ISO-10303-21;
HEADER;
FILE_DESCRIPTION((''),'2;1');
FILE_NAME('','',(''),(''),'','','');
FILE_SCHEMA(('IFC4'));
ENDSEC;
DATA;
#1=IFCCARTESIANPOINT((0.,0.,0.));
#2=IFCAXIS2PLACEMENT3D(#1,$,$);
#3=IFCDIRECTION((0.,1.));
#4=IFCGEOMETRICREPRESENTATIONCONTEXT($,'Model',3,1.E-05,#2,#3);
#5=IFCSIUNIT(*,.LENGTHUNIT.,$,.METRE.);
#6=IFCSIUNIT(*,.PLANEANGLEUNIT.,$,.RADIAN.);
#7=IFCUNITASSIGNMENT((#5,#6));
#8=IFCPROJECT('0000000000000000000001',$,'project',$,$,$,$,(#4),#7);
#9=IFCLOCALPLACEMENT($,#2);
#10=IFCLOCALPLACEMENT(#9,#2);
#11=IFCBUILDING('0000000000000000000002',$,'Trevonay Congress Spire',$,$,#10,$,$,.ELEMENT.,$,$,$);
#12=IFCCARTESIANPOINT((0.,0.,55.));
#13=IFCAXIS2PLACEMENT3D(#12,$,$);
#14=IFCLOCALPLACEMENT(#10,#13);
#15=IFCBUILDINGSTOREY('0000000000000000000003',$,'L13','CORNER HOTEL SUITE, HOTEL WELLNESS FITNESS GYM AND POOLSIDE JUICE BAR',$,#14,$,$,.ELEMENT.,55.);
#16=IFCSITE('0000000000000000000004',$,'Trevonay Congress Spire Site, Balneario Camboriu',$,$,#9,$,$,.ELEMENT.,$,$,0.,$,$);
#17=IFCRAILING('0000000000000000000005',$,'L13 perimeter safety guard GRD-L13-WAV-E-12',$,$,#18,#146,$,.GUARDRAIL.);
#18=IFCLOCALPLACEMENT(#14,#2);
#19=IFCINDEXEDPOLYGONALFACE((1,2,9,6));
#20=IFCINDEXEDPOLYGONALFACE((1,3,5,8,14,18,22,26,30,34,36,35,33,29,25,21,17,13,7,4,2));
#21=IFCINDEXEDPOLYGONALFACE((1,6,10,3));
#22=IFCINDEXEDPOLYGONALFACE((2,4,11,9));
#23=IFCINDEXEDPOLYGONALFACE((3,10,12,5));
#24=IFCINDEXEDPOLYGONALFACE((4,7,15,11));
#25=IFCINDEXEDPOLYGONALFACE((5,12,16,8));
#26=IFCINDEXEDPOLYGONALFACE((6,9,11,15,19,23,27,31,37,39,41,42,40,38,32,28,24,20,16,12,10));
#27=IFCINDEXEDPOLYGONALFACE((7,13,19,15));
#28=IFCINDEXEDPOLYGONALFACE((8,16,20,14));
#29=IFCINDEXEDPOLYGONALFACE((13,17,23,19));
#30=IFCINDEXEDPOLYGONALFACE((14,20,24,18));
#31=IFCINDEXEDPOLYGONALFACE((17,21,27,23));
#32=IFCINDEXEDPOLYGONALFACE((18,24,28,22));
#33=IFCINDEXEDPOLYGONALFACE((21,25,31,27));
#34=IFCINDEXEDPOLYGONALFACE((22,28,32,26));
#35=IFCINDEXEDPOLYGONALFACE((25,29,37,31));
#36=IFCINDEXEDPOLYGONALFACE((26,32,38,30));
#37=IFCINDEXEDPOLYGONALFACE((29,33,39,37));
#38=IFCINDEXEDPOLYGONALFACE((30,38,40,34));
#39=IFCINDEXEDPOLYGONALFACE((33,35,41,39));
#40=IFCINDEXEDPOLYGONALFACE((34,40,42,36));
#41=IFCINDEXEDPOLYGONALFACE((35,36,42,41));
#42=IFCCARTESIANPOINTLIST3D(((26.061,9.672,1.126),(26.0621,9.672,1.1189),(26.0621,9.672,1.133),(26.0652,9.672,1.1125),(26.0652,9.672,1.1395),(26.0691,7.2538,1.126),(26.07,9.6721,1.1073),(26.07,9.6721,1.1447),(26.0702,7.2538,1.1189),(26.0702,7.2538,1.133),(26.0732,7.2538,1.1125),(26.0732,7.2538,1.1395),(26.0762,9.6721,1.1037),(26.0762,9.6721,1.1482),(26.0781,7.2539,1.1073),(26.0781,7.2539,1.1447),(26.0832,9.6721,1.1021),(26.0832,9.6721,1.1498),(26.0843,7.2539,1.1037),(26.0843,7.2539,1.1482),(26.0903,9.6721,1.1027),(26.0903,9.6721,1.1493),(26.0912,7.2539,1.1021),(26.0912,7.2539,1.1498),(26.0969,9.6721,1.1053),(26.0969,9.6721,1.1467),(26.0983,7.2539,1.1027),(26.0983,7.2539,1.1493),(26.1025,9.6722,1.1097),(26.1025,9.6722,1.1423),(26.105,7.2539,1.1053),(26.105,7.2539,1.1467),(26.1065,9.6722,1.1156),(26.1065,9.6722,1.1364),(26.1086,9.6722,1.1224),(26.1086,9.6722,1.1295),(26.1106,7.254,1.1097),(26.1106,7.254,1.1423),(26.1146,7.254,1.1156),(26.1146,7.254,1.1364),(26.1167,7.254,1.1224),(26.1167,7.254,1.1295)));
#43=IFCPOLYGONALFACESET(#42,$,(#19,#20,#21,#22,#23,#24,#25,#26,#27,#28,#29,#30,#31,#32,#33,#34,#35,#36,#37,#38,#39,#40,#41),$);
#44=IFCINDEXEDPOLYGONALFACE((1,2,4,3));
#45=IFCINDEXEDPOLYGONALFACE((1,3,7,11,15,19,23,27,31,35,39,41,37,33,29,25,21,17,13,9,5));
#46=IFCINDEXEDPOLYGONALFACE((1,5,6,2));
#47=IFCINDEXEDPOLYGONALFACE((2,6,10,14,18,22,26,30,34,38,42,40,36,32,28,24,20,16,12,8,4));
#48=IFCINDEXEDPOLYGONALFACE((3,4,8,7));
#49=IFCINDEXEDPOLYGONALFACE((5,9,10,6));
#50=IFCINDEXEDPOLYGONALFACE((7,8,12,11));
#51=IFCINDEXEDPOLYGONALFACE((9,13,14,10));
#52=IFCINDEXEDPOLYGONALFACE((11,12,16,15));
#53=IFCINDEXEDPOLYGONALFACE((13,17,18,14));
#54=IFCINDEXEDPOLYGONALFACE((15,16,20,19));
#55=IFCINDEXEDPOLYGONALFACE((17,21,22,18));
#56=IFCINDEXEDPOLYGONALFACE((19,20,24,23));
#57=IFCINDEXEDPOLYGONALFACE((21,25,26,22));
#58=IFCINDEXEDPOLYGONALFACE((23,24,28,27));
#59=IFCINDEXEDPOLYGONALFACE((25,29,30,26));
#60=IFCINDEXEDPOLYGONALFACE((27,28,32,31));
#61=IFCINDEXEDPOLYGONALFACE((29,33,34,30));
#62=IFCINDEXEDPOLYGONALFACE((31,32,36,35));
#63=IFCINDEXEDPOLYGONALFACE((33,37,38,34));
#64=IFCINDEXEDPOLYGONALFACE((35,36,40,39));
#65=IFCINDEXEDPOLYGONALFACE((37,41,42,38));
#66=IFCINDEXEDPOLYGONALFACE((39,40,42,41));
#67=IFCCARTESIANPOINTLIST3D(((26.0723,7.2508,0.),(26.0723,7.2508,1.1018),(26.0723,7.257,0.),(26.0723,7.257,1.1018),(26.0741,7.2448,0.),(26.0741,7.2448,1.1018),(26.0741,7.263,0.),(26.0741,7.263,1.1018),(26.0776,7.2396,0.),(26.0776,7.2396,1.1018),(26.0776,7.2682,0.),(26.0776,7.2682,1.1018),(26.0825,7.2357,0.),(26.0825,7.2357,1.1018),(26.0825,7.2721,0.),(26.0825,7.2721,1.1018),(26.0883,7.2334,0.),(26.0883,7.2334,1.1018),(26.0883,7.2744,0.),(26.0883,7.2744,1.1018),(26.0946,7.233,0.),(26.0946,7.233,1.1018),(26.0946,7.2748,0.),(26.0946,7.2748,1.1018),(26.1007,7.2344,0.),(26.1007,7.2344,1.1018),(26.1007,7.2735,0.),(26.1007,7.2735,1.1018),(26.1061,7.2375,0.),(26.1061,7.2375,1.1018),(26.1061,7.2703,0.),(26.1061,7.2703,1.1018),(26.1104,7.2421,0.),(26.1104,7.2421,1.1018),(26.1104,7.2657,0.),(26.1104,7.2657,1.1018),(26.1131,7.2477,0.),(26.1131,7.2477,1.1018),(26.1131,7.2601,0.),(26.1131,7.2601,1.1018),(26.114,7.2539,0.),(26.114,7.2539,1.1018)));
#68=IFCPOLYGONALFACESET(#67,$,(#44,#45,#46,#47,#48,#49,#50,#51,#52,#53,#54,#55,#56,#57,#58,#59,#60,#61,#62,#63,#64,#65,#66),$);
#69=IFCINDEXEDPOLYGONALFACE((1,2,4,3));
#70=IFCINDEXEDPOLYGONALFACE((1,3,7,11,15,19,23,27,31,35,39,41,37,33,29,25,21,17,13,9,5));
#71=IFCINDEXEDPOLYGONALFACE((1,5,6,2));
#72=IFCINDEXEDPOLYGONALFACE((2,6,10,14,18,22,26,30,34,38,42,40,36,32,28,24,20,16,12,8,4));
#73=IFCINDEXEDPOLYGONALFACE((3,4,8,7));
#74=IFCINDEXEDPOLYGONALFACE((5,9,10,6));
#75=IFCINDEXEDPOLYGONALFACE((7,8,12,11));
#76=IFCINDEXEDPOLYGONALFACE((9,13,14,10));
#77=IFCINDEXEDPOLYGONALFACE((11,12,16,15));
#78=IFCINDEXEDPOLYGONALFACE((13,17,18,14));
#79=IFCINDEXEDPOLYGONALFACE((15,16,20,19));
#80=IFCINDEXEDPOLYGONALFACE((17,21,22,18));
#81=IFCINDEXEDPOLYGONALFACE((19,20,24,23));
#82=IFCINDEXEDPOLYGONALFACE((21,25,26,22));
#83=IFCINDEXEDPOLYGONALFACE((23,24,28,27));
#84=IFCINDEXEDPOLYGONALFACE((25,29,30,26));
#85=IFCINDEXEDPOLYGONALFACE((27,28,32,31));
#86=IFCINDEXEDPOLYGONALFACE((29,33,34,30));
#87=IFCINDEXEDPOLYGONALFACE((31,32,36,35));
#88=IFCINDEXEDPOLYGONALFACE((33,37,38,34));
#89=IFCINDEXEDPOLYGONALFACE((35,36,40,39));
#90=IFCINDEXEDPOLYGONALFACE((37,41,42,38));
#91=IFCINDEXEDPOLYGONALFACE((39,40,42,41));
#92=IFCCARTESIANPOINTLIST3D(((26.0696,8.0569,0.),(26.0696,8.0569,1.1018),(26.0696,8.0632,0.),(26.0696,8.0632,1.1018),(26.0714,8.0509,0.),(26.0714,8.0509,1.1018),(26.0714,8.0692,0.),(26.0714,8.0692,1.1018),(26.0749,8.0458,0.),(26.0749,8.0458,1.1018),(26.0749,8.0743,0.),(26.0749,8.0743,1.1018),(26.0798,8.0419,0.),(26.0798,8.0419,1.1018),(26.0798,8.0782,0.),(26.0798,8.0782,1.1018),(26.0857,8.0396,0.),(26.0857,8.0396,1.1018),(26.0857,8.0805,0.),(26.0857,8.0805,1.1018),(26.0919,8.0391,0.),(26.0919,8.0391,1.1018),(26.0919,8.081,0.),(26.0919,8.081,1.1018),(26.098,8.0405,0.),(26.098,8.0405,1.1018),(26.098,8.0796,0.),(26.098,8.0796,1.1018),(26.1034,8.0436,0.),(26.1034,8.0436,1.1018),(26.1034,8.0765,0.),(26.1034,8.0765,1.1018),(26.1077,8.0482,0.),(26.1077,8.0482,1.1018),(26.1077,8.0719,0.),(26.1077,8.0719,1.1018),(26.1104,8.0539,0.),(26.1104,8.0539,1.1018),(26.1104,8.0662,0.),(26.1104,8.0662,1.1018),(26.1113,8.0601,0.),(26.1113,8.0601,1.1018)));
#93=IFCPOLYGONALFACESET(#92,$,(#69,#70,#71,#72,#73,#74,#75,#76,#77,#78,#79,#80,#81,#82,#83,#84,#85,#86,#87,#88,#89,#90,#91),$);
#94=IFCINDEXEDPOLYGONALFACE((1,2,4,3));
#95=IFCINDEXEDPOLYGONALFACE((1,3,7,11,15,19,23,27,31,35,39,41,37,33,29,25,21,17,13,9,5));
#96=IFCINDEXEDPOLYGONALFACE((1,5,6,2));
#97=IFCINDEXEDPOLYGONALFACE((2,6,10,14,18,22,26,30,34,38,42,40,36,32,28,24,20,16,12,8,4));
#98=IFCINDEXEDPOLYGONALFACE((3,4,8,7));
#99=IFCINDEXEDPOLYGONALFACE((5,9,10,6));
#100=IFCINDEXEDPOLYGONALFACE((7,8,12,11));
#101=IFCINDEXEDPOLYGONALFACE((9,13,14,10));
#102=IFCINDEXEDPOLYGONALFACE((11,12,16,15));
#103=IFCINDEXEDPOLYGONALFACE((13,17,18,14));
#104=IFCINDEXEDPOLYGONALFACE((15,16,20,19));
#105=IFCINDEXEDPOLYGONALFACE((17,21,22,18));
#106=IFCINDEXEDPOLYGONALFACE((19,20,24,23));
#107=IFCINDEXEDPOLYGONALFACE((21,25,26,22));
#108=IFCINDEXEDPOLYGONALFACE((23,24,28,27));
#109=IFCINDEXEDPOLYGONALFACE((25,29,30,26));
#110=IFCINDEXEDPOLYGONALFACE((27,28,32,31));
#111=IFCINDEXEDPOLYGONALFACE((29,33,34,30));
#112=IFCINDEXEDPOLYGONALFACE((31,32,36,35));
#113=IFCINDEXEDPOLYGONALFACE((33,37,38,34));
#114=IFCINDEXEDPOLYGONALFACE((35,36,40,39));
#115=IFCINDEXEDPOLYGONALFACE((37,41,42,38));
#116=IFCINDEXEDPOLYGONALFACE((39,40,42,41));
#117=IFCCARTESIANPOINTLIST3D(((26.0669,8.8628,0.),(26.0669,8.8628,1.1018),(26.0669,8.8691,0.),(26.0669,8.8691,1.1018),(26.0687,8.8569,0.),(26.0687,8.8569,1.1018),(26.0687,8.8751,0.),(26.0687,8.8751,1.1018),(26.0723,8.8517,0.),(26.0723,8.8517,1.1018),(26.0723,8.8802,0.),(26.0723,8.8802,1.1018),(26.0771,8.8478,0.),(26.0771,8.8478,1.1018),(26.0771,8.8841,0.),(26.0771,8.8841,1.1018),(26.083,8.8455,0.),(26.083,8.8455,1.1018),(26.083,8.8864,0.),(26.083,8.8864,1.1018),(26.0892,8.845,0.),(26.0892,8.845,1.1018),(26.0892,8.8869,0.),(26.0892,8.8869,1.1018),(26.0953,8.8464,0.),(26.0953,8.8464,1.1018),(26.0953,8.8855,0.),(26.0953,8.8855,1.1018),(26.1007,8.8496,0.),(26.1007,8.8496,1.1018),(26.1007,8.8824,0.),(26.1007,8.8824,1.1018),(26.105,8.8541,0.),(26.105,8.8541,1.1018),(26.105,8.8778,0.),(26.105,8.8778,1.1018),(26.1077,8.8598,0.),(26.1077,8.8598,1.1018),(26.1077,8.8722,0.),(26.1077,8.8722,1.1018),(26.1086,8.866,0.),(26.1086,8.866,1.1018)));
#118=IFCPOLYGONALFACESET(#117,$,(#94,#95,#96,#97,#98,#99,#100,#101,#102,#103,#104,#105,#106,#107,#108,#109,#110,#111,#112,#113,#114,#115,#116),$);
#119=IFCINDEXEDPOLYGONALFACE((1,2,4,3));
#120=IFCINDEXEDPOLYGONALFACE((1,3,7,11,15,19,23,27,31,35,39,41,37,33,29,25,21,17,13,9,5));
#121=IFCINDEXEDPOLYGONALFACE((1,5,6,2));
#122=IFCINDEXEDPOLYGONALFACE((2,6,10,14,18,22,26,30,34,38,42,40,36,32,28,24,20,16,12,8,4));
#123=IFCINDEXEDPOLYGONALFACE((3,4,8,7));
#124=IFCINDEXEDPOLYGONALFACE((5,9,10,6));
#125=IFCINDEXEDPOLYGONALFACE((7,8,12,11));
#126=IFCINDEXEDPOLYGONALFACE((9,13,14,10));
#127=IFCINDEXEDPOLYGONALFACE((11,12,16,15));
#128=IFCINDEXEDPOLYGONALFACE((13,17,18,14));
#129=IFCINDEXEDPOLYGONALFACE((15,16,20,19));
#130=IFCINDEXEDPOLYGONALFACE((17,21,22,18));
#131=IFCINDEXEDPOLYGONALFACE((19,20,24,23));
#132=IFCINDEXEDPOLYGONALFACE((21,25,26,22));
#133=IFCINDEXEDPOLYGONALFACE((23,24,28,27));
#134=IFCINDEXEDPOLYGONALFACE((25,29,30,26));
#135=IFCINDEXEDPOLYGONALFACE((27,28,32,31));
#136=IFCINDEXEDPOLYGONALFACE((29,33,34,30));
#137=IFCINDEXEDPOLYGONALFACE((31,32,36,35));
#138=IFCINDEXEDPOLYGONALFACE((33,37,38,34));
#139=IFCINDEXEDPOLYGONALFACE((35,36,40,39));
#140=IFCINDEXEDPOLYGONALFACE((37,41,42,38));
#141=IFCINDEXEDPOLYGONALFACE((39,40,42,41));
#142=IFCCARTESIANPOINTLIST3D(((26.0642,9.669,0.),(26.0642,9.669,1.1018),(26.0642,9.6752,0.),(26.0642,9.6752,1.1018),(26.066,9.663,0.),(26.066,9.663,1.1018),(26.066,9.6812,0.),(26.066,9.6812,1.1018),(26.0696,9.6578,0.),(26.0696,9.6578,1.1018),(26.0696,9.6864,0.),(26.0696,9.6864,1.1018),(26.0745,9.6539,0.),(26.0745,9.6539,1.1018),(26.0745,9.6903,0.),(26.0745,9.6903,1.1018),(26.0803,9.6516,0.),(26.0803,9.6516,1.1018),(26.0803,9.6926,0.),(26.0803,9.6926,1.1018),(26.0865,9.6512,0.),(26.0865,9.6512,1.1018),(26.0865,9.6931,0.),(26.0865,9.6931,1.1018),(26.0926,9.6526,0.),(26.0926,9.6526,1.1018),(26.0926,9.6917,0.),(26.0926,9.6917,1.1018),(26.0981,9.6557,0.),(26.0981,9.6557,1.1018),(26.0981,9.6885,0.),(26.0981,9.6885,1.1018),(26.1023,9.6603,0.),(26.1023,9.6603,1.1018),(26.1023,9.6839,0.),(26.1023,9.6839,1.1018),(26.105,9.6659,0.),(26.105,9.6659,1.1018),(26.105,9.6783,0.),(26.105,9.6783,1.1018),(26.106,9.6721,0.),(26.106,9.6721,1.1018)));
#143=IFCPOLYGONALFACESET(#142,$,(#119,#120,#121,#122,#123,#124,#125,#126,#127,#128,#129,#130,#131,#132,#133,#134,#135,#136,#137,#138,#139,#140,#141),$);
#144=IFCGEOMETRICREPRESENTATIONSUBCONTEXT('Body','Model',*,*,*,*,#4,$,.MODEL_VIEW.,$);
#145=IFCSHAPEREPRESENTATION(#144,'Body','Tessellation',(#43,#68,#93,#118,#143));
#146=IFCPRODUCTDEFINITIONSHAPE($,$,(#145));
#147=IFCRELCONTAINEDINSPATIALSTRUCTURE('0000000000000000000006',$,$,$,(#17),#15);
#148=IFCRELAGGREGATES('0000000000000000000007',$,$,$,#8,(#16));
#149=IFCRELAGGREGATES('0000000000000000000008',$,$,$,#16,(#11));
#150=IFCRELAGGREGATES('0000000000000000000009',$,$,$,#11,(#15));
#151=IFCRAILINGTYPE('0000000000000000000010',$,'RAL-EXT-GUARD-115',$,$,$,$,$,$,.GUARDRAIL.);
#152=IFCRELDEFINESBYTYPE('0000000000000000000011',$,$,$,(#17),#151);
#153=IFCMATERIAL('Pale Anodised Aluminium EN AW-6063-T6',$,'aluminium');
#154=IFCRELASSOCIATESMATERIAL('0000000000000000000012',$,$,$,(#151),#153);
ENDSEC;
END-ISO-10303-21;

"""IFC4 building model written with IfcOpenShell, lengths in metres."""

from ifc_helpers import new_model, si_unit, direction, frame, origin, origin_2d, place, context, subcontext, project, spatial, circle, extrude, material, type_object, element, save


model = new_model("IFC4")

# Units and contexts
model_context = context("Model", 3, precision=1e-05, world=origin(), true_north=direction((0.0, 1.0)))
body_context = subcontext(model_context, "Body", "Model", "MODEL_VIEW")
ifc_project = project(units=[si_unit("LENGTHUNIT", "METRE"), si_unit("PLANEANGLEUNIT", "RADIAN")], contexts=[model_context])

# Site, building, storey
site_placement = place(None, origin())
site = spatial("IfcSite", under=ifc_project, at=site_placement, Name="Trevonay Congress Spire Site, Balneario Camboriu", CompositionType="ELEMENT", RefElevation=0.0)
building_placement = place(site_placement, origin())
building = spatial("IfcBuilding", under=site, at=building_placement, Name="Trevonay Congress Spire", CompositionType="ELEMENT")
storey_placement = place(building_placement, frame((0.0, 0.0, 55.0)))
storey = spatial("IfcBuildingStorey", under=building, at=storey_placement, Name="L13", Description="CORNER HOTEL SUITE, HOTEL WELLNESS FITNESS GYM AND POOLSIDE JUICE BAR", CompositionType="ELEMENT", Elevation=55.0)

# Shared definitions
ifc_material_1 = material(Name="Pale Anodised Aluminium EN AW-6063-T6", Category="aluminium")

# Railing
railing_type = type_object("IfcRailingType", Name="RAL-EXT-GUARD-115", PredefinedType="GUARDRAIL", material=ifc_material_1)
railing_1_placement = place(storey_placement, frame((26.093, 7.2539, 0.0)))
element("IfcRailing", 1, at=railing_1_placement, inside=storey, type_object=railing_type, Name="L13 perimeter safety guard GRD-L13-WAV-E-12", PredefinedType="GUARDRAIL", context=body_context, shape_type="SweptSolid", body=[
    extrude(circle(Radius=0.0239, at=origin_2d()), frame((0.0, 0.0, 1.126), z_axis=(-0.003332, 0.999994, 0.0), x_axis=(-0.999994, -0.003332, 0.0)), (0.0, 0.0, 1.0), 2.4182),
    extrude(circle(Radius=0.021, at=origin_2d()), origin(), (0.0, 0.0, 1.0), 1.1018),
    extrude(circle(Radius=0.021, at=origin_2d()), frame((-0.0027, 0.8062, 0.0)), (0.0, 0.0, 1.0), 1.1018),
    extrude(circle(Radius=0.021, at=origin_2d()), frame((-0.0054, 1.6121, 0.0)), (0.0, 0.0, 1.0), 1.1018),
    extrude(circle(Radius=0.021, at=origin_2d()), frame((-0.0081, 2.4182, 0.0)), (0.0, 0.0, 1.0), 1.1018),
])

save(model, "model.ifc")
